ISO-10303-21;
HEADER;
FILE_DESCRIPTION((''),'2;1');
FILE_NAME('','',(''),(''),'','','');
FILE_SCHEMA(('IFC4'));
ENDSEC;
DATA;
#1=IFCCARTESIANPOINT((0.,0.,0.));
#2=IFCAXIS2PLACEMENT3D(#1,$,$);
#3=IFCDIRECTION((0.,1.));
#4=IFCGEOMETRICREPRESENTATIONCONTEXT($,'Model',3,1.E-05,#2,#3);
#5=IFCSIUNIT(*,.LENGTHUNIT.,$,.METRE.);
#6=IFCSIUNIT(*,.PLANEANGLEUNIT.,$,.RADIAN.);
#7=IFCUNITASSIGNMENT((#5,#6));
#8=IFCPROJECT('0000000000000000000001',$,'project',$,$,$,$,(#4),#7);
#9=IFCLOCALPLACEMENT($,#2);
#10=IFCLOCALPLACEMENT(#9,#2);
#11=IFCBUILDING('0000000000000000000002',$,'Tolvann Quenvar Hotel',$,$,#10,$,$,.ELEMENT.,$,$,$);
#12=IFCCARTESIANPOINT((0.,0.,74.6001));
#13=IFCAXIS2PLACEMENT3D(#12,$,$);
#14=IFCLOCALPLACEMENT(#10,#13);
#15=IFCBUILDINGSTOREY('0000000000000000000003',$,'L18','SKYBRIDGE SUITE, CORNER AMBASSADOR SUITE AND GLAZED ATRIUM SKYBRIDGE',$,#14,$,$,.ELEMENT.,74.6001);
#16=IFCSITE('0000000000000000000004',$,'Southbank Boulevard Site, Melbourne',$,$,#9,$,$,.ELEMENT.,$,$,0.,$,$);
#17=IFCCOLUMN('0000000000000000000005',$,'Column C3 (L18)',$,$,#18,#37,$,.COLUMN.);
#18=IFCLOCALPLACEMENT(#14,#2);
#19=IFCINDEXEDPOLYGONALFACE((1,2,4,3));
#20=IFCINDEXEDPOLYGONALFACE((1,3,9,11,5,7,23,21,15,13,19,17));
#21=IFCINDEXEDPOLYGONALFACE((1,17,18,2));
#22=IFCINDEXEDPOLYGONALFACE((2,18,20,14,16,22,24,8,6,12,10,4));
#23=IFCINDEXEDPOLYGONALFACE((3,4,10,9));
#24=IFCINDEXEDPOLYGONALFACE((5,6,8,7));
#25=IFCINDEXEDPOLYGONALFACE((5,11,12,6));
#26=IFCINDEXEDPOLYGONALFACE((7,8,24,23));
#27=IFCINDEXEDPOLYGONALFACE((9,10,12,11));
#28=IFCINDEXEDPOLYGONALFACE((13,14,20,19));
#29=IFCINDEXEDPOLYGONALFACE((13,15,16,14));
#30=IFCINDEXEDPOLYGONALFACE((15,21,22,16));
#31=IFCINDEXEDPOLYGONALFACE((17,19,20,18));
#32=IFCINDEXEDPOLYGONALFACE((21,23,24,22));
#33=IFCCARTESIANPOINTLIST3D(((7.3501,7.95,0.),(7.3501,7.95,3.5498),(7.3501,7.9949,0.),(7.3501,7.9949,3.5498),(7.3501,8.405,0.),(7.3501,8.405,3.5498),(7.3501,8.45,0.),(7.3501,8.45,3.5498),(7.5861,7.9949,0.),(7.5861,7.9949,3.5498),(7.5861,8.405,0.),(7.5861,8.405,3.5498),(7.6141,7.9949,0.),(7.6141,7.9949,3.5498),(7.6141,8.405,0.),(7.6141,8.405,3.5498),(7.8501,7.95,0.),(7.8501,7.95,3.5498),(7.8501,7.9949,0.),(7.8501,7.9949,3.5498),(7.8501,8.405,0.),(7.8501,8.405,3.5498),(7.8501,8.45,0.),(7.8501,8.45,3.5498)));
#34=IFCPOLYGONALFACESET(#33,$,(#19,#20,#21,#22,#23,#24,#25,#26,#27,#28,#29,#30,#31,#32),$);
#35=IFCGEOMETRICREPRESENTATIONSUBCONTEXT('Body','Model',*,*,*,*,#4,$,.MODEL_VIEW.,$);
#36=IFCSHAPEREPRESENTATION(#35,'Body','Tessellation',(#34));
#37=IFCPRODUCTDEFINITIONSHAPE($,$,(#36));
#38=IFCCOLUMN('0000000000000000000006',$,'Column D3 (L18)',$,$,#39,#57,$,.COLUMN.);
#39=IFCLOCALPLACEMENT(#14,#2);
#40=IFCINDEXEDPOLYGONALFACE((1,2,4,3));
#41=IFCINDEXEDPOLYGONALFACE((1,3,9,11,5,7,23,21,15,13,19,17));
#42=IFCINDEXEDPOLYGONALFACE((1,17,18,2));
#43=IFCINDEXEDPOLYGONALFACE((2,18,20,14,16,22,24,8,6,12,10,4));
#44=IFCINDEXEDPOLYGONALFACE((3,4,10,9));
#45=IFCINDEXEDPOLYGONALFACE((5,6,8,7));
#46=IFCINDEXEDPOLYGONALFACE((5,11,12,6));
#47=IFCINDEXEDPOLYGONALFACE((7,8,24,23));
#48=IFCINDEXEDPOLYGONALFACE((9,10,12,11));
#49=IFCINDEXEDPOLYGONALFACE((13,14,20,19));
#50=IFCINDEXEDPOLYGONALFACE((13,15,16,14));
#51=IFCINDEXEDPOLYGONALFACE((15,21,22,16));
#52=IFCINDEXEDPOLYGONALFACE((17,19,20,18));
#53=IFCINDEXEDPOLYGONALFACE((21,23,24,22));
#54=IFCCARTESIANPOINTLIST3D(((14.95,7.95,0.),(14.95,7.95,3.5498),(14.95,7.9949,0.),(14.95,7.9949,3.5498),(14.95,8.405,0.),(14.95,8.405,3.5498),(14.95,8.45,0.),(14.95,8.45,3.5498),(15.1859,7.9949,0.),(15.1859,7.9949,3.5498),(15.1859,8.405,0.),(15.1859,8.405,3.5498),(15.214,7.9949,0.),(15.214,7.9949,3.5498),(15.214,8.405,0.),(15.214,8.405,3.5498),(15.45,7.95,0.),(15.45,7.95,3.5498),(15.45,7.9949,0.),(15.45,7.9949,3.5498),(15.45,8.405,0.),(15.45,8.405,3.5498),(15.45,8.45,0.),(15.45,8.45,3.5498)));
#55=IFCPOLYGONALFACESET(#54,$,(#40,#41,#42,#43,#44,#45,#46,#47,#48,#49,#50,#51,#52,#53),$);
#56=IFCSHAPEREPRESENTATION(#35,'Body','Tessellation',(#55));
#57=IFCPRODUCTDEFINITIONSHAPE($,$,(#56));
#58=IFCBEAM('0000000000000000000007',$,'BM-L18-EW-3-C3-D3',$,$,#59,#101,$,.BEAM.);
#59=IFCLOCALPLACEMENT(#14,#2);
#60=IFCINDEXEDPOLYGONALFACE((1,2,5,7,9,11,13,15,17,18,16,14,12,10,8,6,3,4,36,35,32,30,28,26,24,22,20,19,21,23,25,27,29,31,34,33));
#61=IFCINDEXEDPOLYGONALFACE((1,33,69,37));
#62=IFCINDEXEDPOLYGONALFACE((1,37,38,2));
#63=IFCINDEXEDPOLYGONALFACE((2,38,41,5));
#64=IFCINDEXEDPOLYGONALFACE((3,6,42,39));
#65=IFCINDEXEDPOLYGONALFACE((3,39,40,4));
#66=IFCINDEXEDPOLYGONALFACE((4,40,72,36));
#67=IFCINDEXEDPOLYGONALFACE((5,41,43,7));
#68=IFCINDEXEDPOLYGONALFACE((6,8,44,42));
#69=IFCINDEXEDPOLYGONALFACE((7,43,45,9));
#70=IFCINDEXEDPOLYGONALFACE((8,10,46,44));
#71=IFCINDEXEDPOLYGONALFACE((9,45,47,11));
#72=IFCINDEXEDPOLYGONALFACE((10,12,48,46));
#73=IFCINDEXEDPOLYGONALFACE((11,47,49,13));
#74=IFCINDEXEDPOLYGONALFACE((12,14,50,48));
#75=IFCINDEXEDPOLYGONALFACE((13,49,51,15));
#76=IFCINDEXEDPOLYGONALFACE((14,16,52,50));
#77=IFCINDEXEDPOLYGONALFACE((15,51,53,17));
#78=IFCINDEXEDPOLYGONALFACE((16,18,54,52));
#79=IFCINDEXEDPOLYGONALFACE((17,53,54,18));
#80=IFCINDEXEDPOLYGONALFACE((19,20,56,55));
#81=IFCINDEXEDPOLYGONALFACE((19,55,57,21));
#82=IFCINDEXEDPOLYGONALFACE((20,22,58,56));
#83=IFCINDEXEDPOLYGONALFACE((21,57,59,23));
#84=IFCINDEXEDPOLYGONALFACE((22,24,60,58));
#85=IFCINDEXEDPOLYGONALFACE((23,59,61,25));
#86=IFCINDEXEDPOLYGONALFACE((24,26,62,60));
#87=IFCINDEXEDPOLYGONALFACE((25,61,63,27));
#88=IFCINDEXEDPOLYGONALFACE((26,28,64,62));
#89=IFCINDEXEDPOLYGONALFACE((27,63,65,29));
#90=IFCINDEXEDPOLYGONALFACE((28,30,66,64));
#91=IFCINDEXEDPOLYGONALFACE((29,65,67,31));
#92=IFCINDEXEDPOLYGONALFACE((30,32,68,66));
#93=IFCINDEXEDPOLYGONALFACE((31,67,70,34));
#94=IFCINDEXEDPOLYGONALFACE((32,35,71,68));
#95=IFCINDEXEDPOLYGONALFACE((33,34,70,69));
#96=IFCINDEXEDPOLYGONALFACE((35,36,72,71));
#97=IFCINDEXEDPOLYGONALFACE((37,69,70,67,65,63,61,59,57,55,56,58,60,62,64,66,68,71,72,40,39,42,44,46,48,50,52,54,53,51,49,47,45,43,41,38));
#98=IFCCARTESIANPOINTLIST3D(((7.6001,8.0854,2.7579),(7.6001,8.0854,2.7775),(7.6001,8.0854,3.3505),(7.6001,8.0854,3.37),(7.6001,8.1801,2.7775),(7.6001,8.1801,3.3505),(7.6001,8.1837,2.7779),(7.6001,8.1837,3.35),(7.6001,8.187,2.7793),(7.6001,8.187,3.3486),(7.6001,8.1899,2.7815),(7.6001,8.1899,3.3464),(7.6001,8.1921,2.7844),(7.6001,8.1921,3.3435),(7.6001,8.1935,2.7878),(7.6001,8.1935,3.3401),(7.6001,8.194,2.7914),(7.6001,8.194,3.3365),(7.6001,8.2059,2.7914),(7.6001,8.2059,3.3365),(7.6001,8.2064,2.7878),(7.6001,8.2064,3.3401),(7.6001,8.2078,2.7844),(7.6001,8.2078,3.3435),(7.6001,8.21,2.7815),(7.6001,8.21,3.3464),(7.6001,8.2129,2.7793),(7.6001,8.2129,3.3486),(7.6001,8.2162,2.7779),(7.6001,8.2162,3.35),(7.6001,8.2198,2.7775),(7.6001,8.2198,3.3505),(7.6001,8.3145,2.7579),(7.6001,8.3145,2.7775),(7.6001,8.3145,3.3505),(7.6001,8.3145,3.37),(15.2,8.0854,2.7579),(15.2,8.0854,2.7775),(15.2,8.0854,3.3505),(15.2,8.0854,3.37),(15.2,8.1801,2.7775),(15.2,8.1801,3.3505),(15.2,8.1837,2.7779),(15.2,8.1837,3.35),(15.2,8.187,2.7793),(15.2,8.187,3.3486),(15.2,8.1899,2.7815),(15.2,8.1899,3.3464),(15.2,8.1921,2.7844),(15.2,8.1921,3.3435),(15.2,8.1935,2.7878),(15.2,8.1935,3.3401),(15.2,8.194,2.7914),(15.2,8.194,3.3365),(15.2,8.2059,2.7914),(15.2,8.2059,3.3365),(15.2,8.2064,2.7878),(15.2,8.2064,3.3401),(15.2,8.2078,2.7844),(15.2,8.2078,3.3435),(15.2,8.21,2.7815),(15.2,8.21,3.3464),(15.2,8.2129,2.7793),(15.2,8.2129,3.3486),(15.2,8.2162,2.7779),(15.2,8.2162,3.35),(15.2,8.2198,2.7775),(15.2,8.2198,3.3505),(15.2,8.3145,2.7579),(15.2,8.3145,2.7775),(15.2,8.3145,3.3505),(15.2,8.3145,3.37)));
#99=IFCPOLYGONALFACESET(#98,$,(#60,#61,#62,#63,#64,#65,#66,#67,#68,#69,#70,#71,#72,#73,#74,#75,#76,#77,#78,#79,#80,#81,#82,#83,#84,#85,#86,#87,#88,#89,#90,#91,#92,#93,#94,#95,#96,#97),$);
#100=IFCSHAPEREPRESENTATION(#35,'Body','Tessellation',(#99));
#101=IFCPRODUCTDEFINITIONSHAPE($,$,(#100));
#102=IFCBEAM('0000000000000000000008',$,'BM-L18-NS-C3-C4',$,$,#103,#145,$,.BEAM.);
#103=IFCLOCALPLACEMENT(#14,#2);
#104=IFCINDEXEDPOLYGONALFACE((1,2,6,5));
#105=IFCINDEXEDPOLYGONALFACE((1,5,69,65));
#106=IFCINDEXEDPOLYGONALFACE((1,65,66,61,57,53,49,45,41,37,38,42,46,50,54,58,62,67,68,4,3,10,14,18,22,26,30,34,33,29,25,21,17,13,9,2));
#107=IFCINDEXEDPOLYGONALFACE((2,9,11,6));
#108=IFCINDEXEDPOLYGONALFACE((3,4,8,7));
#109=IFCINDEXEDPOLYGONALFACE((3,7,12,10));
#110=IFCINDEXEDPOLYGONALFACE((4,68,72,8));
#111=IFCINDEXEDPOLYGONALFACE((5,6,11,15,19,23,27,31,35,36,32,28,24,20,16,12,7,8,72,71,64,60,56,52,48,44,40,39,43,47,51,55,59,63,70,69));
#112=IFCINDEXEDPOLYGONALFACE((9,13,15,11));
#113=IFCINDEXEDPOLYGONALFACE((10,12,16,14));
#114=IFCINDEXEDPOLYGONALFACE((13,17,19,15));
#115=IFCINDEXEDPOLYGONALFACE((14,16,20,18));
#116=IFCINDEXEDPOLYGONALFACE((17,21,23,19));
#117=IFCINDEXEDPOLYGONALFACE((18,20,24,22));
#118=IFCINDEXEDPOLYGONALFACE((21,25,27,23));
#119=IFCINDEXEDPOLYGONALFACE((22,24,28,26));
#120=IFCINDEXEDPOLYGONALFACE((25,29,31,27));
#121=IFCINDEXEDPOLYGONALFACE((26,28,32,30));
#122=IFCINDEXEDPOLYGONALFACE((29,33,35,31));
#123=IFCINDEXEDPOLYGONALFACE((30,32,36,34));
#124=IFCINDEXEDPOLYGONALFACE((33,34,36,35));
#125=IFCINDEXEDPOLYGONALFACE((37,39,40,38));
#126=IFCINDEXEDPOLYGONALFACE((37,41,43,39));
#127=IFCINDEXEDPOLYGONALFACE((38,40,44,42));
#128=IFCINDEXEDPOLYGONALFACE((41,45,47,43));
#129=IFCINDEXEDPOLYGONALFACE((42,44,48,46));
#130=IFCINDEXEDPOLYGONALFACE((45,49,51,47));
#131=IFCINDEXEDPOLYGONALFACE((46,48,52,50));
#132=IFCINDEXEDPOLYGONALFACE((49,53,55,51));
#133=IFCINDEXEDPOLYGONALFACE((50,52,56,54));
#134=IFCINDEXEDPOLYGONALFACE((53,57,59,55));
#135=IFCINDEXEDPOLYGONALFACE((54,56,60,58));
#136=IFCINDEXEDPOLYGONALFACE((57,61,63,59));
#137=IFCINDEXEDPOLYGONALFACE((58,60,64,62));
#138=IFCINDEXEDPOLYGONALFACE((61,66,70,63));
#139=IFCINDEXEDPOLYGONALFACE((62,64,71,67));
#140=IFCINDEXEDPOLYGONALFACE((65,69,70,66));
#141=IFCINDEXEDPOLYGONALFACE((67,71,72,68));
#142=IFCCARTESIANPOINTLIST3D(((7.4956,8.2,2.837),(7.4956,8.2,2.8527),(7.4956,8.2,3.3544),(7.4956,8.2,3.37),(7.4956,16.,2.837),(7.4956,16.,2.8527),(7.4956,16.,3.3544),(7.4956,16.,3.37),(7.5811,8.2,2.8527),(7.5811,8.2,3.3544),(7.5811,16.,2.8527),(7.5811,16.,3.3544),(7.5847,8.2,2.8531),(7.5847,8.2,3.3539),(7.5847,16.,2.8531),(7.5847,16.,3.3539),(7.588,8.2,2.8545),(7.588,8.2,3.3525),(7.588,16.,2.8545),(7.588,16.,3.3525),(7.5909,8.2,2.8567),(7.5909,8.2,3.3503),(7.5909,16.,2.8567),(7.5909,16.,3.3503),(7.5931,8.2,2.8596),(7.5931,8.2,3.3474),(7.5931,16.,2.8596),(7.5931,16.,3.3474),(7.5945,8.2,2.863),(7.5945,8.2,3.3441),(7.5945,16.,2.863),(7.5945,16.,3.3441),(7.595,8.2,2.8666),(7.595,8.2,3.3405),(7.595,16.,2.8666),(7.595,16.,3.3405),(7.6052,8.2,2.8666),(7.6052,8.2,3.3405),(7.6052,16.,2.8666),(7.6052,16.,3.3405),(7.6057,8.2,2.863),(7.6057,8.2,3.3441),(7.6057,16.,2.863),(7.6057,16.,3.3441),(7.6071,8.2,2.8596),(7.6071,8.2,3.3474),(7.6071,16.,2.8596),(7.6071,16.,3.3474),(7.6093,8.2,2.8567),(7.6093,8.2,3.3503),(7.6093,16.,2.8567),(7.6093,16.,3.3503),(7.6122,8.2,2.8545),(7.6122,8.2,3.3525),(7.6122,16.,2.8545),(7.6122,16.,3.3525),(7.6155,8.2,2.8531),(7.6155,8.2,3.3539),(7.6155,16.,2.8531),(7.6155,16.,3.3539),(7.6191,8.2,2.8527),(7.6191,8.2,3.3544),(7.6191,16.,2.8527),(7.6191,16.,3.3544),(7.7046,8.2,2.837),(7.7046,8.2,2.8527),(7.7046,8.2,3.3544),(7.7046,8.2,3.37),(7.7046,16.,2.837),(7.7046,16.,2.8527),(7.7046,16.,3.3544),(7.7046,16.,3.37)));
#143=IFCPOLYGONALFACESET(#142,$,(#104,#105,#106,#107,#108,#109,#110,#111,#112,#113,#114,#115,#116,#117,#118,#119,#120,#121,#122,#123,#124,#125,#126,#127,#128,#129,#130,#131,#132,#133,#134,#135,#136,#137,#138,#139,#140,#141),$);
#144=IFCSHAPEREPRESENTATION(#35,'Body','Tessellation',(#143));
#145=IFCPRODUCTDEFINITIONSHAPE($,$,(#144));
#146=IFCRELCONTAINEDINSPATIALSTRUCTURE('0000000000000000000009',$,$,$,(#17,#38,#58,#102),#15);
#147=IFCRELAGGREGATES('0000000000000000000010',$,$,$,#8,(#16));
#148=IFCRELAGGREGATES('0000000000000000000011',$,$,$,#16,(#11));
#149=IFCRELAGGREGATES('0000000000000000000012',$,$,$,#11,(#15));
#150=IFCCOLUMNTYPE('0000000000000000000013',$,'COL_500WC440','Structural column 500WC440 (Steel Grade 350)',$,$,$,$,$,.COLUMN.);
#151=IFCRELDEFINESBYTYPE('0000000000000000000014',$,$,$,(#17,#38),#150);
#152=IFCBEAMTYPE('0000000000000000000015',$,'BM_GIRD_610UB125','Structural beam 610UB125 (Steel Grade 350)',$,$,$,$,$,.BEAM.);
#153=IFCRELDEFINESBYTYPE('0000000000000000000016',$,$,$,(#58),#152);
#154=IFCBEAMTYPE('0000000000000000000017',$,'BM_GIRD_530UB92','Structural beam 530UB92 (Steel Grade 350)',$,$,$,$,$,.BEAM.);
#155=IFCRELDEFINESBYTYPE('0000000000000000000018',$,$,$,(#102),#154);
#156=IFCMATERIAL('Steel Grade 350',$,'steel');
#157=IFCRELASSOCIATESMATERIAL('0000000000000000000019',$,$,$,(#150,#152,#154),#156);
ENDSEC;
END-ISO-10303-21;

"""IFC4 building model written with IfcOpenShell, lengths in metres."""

from ifc_helpers import new_model, si_unit, direction, frame, origin, origin_2d, place, context, subcontext, project, spatial, i_section, extrude, source, transform, mapped, material, material_profile, profile_set, type_object, type_shapes, element, save


model = new_model("IFC4")

# Units and contexts
model_context = context("Model", 3, precision=1e-05, world=origin(), true_north=direction((0.0, 1.0)))
body_context = subcontext(model_context, "Body", "Model", "MODEL_VIEW")
ifc_project = project(units=[si_unit("LENGTHUNIT", "METRE"), si_unit("PLANEANGLEUNIT", "RADIAN")], contexts=[model_context])

# Site, building, storey
site_placement = place(None, origin())
site = spatial("IfcSite", under=ifc_project, at=site_placement, Name="Southbank Boulevard Site, Melbourne", CompositionType="ELEMENT", RefElevation=0.0)
building_placement = place(site_placement, origin())
building = spatial("IfcBuilding", under=site, at=building_placement, Name="Tolvann Quenvar Hotel", CompositionType="ELEMENT")
storey_placement = place(building_placement, frame((0.0, 0.0, 74.6001)))
storey = spatial("IfcBuildingStorey", under=building, at=storey_placement, Name="L18", Description="SKYBRIDGE SUITE, CORNER AMBASSADOR SUITE AND GLAZED ATRIUM SKYBRIDGE", CompositionType="ELEMENT", Elevation=74.6001)

# Columns
ifc_material_1 = material(Name="Steel Grade 350", Category="steel")
ifc_material_profile_1 = material_profile(ifc_material_1, i_section(OverallWidth=0.5, OverallDepth=0.5, WebThickness=0.0281, FlangeThickness=0.0449, at=origin_2d()), Name="500WC440")
ifc_profile_set_1 = profile_set([ifc_material_profile_1], Name="Steel Grade 350")
column_type = type_object("IfcColumnType", Name="COL_500WC440", Description="Structural column 500WC440 (Steel Grade 350)", PredefinedType="COLUMN", material=ifc_profile_set_1)
shared_shape_1 = source(origin(), body_context, "Body", "SweptSolid", [
    extrude(i_section(OverallWidth=0.5, OverallDepth=0.5, WebThickness=0.0281, FlangeThickness=0.0449, at=origin_2d()), origin(), (0.0, 0.0, 1.0), 3.5498),
])
type_shapes(column_type, [shared_shape_1])
for number, where, z_axis, x_axis, name in (
    (1, (7.6001, 8.2, 0.0), (0.0, 0.0, 1.0), (1.0, 0.0, 0.0), "Column C3 (L18)"),
    (2, (15.2, 8.2, 0.0), (0.0, 0.0, 1.0), (1.0, 0.0, 0.0), "Column D3 (L18)"),
):
    element("IfcColumn", number, at=place(storey_placement, frame(where, z_axis=z_axis, x_axis=x_axis)), inside=storey, type_object=column_type, Name=name, PredefinedType="COLUMN", context=body_context, shape_type="MappedRepresentation", body=[
        mapped(shared_shape_1, transform((0.0, 0.0, 0.0), x_axis=(1.0, 0.0, 0.0), y_axis=(0.0, 1.0, 0.0), z_axis=(0.0, 0.0, 1.0), scale=1.0)),
    ])

# Beams
ifc_material_profile_2 = material_profile(ifc_material_1, i_section(OverallWidth=0.229, OverallDepth=0.6121, WebThickness=0.012, FlangeThickness=0.0195, FilletRadius=0.0139, at=origin_2d()), Name="610UB125")
ifc_profile_set_2 = profile_set([ifc_material_profile_2], Name="Steel Grade 350")
beam_type_1 = type_object("IfcBeamType", Name="BM_GIRD_610UB125", Description="Structural beam 610UB125 (Steel Grade 350)", PredefinedType="BEAM", material=ifc_profile_set_2)
shared_shape_2 = source(origin(), body_context, "Body", "SweptSolid", [
    extrude(i_section(OverallWidth=0.229, OverallDepth=0.6121, WebThickness=0.012, FlangeThickness=0.0195, FilletRadius=0.0139, at=origin_2d()), origin(), (0.0, 0.0, 1.0), 7.5999),
])
type_shapes(beam_type_1, [shared_shape_2])
beam_1_placement = place(storey_placement, frame((7.6001, 8.2, 3.064), z_axis=(1.0, 0.0, 0.0), x_axis=(0.0, 1.0, 0.0)))
element("IfcBeam", 3, at=beam_1_placement, inside=storey, type_object=beam_type_1, Name="BM-L18-EW-3-C3-D3", PredefinedType="BEAM", context=body_context, shape_type="MappedRepresentation", body=[
    mapped(shared_shape_2, transform((0.0, 0.0, 0.0), x_axis=(1.0, 0.0, 0.0), y_axis=(0.0, 1.0, 0.0), z_axis=(0.0, 0.0, 1.0), scale=1.0)),
])
ifc_material_profile_3 = material_profile(ifc_material_1, i_section(OverallWidth=0.209, OverallDepth=0.533, WebThickness=0.0103, FlangeThickness=0.0156, FilletRadius=0.0139, at=origin_2d()), Name="530UB92")
ifc_profile_set_3 = profile_set([ifc_material_profile_3], Name="Steel Grade 350")
beam_type_2 = type_object("IfcBeamType", Name="BM_GIRD_530UB92", Description="Structural beam 530UB92 (Steel Grade 350)", PredefinedType="BEAM", material=ifc_profile_set_3)
shared_shape_3 = source(origin(), body_context, "Body", "SweptSolid", [
    extrude(i_section(OverallWidth=0.209, OverallDepth=0.533, WebThickness=0.0103, FlangeThickness=0.0156, FilletRadius=0.0139, at=origin_2d()), origin(), (0.0, 0.0, 1.0), 7.8),
])
type_shapes(beam_type_2, [shared_shape_3])
beam_2_placement = place(storey_placement, frame((7.6001, 8.2, 3.1035), z_axis=(0.0, 1.0, 0.0), x_axis=(-1.0, 0.0, 0.0)))
element("IfcBeam", 4, at=beam_2_placement, inside=storey, type_object=beam_type_2, Name="BM-L18-NS-C3-C4", PredefinedType="BEAM", context=body_context, shape_type="MappedRepresentation", body=[
    mapped(shared_shape_3, transform((0.0, 0.0, 0.0), x_axis=(1.0, 0.0, 0.0), y_axis=(0.0, 1.0, 0.0), z_axis=(0.0, 0.0, 1.0), scale=1.0)),
])

save(model, "model.ifc")
